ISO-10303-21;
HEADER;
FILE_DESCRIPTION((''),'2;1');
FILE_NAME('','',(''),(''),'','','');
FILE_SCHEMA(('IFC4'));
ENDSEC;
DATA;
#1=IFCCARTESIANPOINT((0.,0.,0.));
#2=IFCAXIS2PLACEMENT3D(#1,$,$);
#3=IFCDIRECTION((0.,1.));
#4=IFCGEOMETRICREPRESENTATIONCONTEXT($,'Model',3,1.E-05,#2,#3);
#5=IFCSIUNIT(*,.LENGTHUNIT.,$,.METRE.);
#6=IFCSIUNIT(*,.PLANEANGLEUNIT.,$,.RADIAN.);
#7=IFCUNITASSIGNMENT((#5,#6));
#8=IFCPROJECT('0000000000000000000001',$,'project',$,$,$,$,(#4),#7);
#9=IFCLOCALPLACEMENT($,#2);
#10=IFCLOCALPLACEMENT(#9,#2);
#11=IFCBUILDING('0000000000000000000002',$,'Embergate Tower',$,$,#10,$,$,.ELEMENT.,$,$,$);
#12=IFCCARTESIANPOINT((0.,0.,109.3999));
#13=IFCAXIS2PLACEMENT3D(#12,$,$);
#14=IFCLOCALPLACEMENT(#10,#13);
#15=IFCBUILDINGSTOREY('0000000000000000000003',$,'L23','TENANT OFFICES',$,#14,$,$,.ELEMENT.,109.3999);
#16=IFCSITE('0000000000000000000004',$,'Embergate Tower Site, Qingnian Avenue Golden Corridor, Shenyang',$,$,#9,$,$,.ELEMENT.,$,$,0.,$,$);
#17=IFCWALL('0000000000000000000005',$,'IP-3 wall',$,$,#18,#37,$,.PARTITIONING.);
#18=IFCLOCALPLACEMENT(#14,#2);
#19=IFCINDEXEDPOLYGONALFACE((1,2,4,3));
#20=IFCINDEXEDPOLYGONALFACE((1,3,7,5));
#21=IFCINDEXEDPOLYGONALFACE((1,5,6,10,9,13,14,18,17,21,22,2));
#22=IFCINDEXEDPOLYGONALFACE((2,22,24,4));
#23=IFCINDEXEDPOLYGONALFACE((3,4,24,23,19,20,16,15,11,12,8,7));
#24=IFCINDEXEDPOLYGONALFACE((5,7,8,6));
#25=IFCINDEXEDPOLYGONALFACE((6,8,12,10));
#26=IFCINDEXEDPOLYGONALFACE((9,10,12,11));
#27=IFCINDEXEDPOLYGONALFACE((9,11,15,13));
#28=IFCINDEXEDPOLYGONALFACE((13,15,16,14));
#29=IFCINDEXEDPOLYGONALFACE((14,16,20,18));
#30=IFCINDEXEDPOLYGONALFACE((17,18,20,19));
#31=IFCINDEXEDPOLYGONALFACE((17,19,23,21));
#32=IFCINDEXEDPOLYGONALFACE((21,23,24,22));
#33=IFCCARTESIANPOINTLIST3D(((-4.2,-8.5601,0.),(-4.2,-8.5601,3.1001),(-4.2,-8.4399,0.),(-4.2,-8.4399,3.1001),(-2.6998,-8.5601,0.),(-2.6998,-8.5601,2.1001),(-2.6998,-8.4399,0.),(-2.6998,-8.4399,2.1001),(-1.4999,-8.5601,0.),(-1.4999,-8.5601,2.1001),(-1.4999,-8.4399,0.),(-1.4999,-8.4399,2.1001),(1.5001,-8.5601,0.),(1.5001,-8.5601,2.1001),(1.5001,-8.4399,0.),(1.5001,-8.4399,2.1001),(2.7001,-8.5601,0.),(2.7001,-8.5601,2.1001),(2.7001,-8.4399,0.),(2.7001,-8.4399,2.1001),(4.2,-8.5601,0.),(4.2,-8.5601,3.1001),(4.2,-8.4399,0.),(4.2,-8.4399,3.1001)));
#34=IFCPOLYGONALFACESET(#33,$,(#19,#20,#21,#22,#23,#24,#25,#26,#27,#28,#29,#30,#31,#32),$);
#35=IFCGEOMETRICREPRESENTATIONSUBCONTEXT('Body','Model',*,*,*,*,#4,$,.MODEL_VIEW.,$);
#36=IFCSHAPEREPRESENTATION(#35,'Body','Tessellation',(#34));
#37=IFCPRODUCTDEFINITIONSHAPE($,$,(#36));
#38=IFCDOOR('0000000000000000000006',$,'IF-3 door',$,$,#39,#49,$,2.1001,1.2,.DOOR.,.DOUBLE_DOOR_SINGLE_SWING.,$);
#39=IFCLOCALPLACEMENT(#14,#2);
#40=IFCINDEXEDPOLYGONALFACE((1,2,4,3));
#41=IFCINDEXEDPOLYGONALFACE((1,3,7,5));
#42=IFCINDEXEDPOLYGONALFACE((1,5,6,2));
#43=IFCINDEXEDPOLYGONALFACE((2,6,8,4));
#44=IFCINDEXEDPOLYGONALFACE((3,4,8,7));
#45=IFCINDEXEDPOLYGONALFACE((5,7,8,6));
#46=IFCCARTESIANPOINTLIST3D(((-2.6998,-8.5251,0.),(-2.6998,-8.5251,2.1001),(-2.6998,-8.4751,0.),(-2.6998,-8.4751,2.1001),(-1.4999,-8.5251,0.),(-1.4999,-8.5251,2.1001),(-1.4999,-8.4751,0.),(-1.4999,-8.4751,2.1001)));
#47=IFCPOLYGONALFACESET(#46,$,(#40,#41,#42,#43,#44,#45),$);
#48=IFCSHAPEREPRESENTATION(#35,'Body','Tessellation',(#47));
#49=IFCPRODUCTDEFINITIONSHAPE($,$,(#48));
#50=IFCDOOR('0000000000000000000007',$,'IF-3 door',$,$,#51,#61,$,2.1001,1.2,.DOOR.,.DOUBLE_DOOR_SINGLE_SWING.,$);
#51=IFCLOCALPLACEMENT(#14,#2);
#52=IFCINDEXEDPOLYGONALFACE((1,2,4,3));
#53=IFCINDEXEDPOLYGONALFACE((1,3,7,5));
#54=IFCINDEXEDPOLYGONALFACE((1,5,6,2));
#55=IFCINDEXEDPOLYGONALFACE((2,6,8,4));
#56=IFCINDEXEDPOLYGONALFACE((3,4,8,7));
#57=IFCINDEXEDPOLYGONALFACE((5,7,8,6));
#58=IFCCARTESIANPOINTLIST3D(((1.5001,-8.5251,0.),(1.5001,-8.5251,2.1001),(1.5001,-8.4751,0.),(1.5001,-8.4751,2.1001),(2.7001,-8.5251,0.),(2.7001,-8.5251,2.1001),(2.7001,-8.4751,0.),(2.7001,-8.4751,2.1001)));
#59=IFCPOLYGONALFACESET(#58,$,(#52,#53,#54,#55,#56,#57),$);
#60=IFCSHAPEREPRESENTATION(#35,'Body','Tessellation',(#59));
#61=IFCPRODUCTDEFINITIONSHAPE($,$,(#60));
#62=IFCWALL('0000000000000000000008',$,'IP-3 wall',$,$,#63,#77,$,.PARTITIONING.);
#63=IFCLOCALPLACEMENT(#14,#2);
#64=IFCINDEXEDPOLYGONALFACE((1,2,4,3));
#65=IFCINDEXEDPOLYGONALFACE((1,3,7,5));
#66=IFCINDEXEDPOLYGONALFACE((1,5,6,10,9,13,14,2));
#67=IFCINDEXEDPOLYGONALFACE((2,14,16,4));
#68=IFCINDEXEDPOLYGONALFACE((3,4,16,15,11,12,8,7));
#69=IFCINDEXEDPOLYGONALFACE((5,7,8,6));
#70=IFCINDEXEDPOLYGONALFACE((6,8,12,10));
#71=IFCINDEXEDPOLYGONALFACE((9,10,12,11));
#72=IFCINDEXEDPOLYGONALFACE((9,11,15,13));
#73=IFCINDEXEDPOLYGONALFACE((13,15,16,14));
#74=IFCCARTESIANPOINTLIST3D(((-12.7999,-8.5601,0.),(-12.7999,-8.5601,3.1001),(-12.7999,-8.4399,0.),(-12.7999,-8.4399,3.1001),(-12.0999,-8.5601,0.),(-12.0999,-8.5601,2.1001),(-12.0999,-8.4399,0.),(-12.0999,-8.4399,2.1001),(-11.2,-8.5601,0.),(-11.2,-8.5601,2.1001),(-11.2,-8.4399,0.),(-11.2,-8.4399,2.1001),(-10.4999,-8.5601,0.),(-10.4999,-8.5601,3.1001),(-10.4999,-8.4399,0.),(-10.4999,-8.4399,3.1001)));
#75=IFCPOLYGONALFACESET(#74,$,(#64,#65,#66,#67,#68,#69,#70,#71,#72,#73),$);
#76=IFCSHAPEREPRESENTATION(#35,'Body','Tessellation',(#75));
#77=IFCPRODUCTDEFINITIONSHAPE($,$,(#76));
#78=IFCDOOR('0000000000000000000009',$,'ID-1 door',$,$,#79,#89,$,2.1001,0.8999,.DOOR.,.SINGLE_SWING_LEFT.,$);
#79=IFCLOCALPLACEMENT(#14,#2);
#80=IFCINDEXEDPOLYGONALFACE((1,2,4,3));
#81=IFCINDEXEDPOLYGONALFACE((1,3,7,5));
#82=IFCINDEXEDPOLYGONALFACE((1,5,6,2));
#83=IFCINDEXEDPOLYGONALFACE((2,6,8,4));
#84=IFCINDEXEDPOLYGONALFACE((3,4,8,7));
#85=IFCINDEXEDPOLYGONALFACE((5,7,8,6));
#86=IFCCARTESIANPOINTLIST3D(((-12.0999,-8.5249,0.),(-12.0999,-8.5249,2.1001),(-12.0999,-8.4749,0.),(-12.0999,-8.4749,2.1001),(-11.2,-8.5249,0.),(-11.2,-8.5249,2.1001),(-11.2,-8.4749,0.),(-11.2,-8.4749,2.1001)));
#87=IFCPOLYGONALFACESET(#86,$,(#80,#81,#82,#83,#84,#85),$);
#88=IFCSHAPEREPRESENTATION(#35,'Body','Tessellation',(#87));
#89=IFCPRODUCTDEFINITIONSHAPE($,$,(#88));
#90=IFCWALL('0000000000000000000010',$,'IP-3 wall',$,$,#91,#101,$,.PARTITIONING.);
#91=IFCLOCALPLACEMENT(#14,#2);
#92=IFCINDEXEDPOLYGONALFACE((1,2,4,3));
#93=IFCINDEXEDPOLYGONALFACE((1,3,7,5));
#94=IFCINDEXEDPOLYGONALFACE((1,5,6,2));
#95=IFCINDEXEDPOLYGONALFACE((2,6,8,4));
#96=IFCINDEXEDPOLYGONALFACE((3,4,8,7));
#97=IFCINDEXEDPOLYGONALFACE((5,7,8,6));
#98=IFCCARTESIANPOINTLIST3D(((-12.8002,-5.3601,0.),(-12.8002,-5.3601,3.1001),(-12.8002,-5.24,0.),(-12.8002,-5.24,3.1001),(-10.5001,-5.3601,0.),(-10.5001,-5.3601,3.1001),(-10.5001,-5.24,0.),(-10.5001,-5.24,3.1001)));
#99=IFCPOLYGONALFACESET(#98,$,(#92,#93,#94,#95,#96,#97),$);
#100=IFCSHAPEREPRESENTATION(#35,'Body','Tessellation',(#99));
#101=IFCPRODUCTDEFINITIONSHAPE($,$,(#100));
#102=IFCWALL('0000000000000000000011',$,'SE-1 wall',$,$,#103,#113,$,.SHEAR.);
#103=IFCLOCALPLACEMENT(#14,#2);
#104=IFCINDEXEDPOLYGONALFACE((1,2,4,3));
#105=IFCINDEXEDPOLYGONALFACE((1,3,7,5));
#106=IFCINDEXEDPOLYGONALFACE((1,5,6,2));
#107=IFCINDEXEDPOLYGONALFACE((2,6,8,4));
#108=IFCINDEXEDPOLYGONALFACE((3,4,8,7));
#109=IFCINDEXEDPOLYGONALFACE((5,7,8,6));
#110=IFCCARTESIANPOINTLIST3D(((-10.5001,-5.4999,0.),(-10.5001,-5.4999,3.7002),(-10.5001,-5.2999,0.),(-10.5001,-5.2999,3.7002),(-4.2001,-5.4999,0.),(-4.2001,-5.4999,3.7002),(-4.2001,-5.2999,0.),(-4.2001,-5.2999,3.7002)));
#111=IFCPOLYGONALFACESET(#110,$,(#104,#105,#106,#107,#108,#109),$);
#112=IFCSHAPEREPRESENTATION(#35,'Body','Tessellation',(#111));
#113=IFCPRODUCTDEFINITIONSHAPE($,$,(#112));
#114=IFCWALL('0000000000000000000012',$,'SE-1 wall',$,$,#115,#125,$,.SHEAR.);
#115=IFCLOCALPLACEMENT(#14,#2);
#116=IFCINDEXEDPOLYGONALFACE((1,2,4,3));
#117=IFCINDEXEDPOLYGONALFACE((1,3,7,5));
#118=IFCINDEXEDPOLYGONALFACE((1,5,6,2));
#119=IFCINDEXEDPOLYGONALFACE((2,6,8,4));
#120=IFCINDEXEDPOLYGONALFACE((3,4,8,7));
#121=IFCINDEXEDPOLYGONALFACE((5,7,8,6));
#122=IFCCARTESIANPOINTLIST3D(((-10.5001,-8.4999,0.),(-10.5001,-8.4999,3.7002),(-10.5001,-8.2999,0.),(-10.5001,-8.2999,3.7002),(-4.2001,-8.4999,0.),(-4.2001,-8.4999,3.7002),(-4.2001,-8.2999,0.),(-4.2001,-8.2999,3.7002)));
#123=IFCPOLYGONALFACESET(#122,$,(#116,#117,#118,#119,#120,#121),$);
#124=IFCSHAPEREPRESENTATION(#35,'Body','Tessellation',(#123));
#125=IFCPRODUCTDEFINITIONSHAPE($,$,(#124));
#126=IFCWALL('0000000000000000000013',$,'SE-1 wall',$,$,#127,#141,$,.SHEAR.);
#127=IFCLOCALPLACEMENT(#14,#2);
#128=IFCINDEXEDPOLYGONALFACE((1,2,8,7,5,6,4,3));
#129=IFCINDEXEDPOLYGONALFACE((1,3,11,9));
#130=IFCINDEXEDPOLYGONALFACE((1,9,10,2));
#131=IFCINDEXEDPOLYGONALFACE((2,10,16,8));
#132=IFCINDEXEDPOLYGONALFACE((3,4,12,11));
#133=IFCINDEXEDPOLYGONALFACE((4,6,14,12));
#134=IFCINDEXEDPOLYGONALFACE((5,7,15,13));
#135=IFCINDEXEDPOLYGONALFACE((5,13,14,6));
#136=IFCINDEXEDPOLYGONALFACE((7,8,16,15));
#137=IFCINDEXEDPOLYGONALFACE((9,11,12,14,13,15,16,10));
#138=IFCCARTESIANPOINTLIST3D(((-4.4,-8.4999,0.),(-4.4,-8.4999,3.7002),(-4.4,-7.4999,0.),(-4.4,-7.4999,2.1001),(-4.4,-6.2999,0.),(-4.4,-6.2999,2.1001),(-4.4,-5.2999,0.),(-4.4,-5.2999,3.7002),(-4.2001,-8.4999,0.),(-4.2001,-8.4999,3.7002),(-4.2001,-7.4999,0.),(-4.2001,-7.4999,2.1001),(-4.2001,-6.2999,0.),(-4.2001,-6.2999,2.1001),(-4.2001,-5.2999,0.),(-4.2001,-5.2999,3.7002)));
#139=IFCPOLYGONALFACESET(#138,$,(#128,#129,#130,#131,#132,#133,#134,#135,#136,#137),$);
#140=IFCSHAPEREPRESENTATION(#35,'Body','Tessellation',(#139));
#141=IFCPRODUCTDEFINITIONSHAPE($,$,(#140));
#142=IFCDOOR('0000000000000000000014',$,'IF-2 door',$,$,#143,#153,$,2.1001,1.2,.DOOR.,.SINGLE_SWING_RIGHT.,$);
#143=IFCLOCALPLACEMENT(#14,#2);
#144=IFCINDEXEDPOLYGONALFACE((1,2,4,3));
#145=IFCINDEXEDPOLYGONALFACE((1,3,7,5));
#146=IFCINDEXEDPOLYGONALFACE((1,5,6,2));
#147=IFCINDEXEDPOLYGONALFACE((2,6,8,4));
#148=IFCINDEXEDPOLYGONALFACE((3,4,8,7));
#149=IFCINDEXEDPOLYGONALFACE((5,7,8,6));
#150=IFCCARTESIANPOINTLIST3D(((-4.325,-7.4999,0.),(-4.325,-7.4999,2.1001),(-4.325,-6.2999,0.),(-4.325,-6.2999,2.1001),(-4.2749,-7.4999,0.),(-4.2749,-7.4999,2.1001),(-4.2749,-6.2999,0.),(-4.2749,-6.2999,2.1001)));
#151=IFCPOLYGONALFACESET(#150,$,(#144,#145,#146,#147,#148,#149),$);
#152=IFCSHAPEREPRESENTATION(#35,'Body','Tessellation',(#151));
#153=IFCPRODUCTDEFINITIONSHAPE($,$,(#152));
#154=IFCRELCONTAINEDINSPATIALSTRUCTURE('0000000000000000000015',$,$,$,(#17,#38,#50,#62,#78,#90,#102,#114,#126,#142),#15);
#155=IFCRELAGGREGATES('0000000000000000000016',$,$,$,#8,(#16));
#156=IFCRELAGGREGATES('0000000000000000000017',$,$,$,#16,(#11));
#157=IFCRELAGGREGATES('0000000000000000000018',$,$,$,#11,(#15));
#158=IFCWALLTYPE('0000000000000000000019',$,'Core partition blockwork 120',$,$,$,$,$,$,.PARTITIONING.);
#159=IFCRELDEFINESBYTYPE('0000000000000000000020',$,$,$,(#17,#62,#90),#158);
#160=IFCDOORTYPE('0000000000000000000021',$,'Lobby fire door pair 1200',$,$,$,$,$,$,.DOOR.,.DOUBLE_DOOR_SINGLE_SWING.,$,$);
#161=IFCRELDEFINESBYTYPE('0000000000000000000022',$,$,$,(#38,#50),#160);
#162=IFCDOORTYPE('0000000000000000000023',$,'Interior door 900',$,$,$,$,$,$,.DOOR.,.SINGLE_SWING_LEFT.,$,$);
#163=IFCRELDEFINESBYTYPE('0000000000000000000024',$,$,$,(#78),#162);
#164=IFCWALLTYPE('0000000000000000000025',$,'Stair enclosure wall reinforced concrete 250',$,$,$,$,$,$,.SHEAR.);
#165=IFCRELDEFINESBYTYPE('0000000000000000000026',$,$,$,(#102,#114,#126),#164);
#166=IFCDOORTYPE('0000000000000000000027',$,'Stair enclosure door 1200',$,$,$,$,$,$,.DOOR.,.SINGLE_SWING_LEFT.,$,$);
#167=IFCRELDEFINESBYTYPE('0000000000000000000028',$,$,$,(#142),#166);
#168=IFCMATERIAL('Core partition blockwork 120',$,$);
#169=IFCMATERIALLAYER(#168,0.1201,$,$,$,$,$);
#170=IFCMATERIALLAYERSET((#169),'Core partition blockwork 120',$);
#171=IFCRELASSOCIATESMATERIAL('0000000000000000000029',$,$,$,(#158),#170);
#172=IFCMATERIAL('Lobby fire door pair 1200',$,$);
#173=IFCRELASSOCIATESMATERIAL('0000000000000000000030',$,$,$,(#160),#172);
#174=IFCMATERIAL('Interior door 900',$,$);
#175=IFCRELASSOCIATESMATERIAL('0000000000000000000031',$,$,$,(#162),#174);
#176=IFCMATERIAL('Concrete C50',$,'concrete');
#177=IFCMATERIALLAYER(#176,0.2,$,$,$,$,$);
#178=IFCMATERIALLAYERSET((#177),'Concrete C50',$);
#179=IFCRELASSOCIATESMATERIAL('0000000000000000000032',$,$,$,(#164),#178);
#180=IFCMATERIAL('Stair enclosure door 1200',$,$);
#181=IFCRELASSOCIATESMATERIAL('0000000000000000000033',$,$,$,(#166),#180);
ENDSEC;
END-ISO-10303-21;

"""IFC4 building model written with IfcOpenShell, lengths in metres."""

from ifc_helpers import new_model, si_unit, direction, frame, frame_2d, origin, place, context, subcontext, project, spatial, rectangle, extrude, source, transform, mapped, material, layer, layer_set, type_object, element, fill, save


model = new_model("IFC4")

# Units and contexts
model_context = context("Model", 3, precision=1e-05, world=origin(), true_north=direction((0.0, 1.0)))
body_context = subcontext(model_context, "Body", "Model", "MODEL_VIEW")
ifc_project = project(units=[si_unit("LENGTHUNIT", "METRE"), si_unit("PLANEANGLEUNIT", "RADIAN")], contexts=[model_context])

# Site, building, storey
site_placement = place(None, origin())
site = spatial("IfcSite", under=ifc_project, at=site_placement, Name="Embergate Tower Site, Qingnian Avenue Golden Corridor, Shenyang", CompositionType="ELEMENT", RefElevation=0.0)
building_placement = place(site_placement, origin())
building = spatial("IfcBuilding", under=site, at=building_placement, Name="Embergate Tower", CompositionType="ELEMENT")
storey_placement = place(building_placement, frame((0.0, 0.0, 109.3999)))
storey = spatial("IfcBuildingStorey", under=building, at=storey_placement, Name="L23", Description="TENANT OFFICES", CompositionType="ELEMENT", Elevation=109.3999)

# Wall, openings, doors
ifc_material_1 = material(Name="Core partition blockwork 120")
ifc_layer_1 = layer(ifc_material_1, 0.1201)
ifc_layer_set_1 = layer_set([ifc_layer_1], Name="Core partition blockwork 120")
wall_type_1 = type_object("IfcWallType", Name="Core partition blockwork 120", PredefinedType="PARTITIONING", material=ifc_layer_set_1)
shared_shape_1 = source(origin(), body_context, "Body", "SweptSolid", [
    extrude(rectangle(XDim=8.3999, YDim=0.1201, at=frame_2d((4.2, 0.0))), origin(), (0.0, 0.0, 1.0), 3.1001),
])
wall_1_placement = place(storey_placement, frame((-4.2, -8.5, 0.0), z_axis=(0.0, 0.0, 1.0), x_axis=(1.0, 0.0, 0.0)))
wall_1 = element("IfcWall", 1, at=wall_1_placement, inside=storey, type_object=wall_type_1, Name="IP-3 wall", PredefinedType="PARTITIONING", context=body_context, shape_type="MappedRepresentation", body=[
    mapped(shared_shape_1, transform((0.0, 0.0, 0.0))),
])
shared_shape_2 = source(origin(), body_context, "Body", "SweptSolid", [
    extrude(rectangle(XDim=1.2, YDim=2.1001, at=frame_2d((0.6001, 1.05))), frame((0.0, 0.0701, 0.0), z_axis=(0.0, -1.0, 0.0), x_axis=(1.0, 0.0, 0.0)), (0.0, 0.0, 1.0), 0.1401),
])
opening_1_placement = place(wall_1_placement, frame((1.5, 0.0, 0.0)))
opening_1 = element("IfcOpeningElement", 2, at=opening_1_placement, cuts=wall_1, PredefinedType="OPENING", context=body_context, shape_type="MappedRepresentation", body=[
    mapped(shared_shape_2, transform((0.0, 0.0, 0.0))),
])
opening_2_placement = place(wall_1_placement, frame((5.7, 0.0, 0.0)))
opening_2 = element("IfcOpeningElement", 3, at=opening_2_placement, cuts=wall_1, PredefinedType="OPENING", context=body_context, shape_type="MappedRepresentation", body=[
    mapped(shared_shape_2, transform((0.0, 0.0, 0.0))),
])
ifc_material_2 = material(Name="Lobby fire door pair 1200")
door_type_1 = type_object("IfcDoorType", Name="Lobby fire door pair 1200", OperationType="DOUBLE_DOOR_SINGLE_SWING", PredefinedType="DOOR", material=ifc_material_2)
shared_shape_3 = source(origin(), body_context, "Body", "SweptSolid", [
    extrude(rectangle(XDim=1.2, YDim=2.1001, at=frame_2d((0.6001, 1.05))), frame((0.0, 0.0249, 0.0), z_axis=(0.0, -1.0, 0.0), x_axis=(1.0, 0.0, 0.0)), (0.0, 0.0, 1.0), 0.05),
])
door_1_placement = place(opening_1_placement, origin())
door_1 = element("IfcDoor", 4, at=door_1_placement, inside=storey, type_object=door_type_1, Name="IF-3 door", OperationType="DOUBLE_DOOR_SINGLE_SWING", OverallHeight=2.1001, OverallWidth=1.2, PredefinedType="DOOR", context=body_context, shape_type="MappedRepresentation", body=[
    mapped(shared_shape_3, transform((0.0, 0.0, 0.0))),
])
fill(opening_1, door_1)
door_2_placement = place(opening_2_placement, origin())
door_2 = element("IfcDoor", 5, at=door_2_placement, inside=storey, type_object=door_type_1, Name="IF-3 door", OperationType="DOUBLE_DOOR_SINGLE_SWING", OverallHeight=2.1001, OverallWidth=1.2, PredefinedType="DOOR", context=body_context, shape_type="MappedRepresentation", body=[
    mapped(shared_shape_3, transform((0.0, 0.0, 0.0))),
])
fill(opening_2, door_2)

# Wall, opening, door
shared_shape_4 = source(origin(), body_context, "Body", "SweptSolid", [
    extrude(rectangle(XDim=2.3, YDim=0.1201, at=frame_2d((1.1499, 0.0))), origin(), (0.0, 0.0, 1.0), 3.1001),
])
wall_2_placement = place(storey_placement, frame((-10.5, -8.5, 0.0), z_axis=(0.0, 0.0, 1.0), x_axis=(-1.0, 0.0, 0.0)))
wall_2 = element("IfcWall", 6, at=wall_2_placement, inside=storey, type_object=wall_type_1, Name="IP-3 wall", PredefinedType="PARTITIONING", context=body_context, shape_type="MappedRepresentation", body=[
    mapped(shared_shape_4, transform((0.0, 0.0, 0.0))),
])
shared_shape_5 = source(origin(), body_context, "Body", "SweptSolid", [
    extrude(rectangle(XDim=0.8999, YDim=2.1001, at=frame_2d((0.45, 1.05))), frame((0.0, 0.0701, 0.0), z_axis=(0.0, -1.0, 0.0), x_axis=(1.0, 0.0, 0.0)), (0.0, 0.0, 1.0), 0.1401),
])
opening_3_placement = place(wall_2_placement, frame((0.7, 0.0, 0.0)))
opening_3 = element("IfcOpeningElement", 7, at=opening_3_placement, cuts=wall_2, PredefinedType="OPENING", context=body_context, shape_type="MappedRepresentation", body=[
    mapped(shared_shape_5, transform((0.0, 0.0, 0.0))),
])
ifc_material_3 = material(Name="Interior door 900")
door_type_2 = type_object("IfcDoorType", Name="Interior door 900", OperationType="SINGLE_SWING_LEFT", PredefinedType="DOOR", material=ifc_material_3)
shared_shape_6 = source(origin(), body_context, "Body", "SweptSolid", [
    extrude(rectangle(XDim=0.8999, YDim=2.1001, at=frame_2d((0.45, 1.05))), frame((0.0, 0.0249, 0.0), z_axis=(0.0, -1.0, 0.0), x_axis=(1.0, 0.0, 0.0)), (0.0, 0.0, 1.0), 0.05),
])
door_3_placement = place(opening_3_placement, origin())
door_3 = element("IfcDoor", 8, at=door_3_placement, inside=storey, type_object=door_type_2, Name="ID-1 door", OperationType="SINGLE_SWING_LEFT", OverallHeight=2.1001, OverallWidth=0.8999, PredefinedType="DOOR", context=body_context, shape_type="MappedRepresentation", body=[
    mapped(shared_shape_6, transform((0.0, 0.0, 0.0))),
])
fill(opening_3, door_3)

# Walls
wall_3_placement = place(storey_placement, frame((-12.8, -5.3, 0.0), z_axis=(0.0, 0.0, 1.0), x_axis=(1.0, 0.0, 0.0)))
element("IfcWall", 9, at=wall_3_placement, inside=storey, type_object=wall_type_1, Name="IP-3 wall", PredefinedType="PARTITIONING", context=body_context, shape_type="MappedRepresentation", body=[
    mapped(shared_shape_4, transform((0.0, 0.0, 0.0))),
])
ifc_material_4 = material(Name="Concrete C50", Category="concrete")
ifc_layer_2 = layer(ifc_material_4, 0.2)
ifc_layer_set_2 = layer_set([ifc_layer_2], Name="Concrete C50")
wall_type_2 = type_object("IfcWallType", Name="Stair enclosure wall reinforced concrete 250", PredefinedType="SHEAR", material=ifc_layer_set_2)
shared_shape_7 = source(origin(), body_context, "Body", "SweptSolid", [
    extrude(rectangle(XDim=6.3, YDim=0.2, at=frame_2d((3.1499, 0.0))), origin(), (0.0, 0.0, 1.0), 3.7002),
])
for number, where, z_axis, x_axis, name in (
    (10, (-10.5, -5.3999, 0.0), (0.0, 0.0, 1.0), (1.0, 0.0, 0.0), "SE-1 wall"),
    (11, (-10.5, -8.3999, 0.0), (0.0, 0.0, 1.0), (1.0, 0.0, 0.0), "SE-1 wall"),
):
    element("IfcWall", number, at=place(storey_placement, frame(where, z_axis=z_axis, x_axis=x_axis)), inside=storey, type_object=wall_type_2, Name=name, PredefinedType="SHEAR", context=body_context, shape_type="MappedRepresentation", body=[
        mapped(shared_shape_7, transform((0.0, 0.0, 0.0))),
    ])

# Wall, opening, door
shared_shape_8 = source(origin(), body_context, "Body", "SweptSolid", [
    extrude(rectangle(XDim=3.2, YDim=0.2, at=frame_2d((1.6001, 0.0))), origin(), (0.0, 0.0, 1.0), 3.7002),
])
wall_4_placement = place(storey_placement, frame((-4.3, -8.5, 0.0), z_axis=(0.0, 0.0, 1.0), x_axis=(0.0, 1.0, 0.0)))
wall_4 = element("IfcWall", 12, at=wall_4_placement, inside=storey, type_object=wall_type_2, Name="SE-1 wall", PredefinedType="SHEAR", context=body_context, shape_type="MappedRepresentation", body=[
    mapped(shared_shape_8, transform((0.0, 0.0, 0.0))),
])
shared_shape_9 = source(origin(), body_context, "Body", "SweptSolid", [
    extrude(rectangle(XDim=1.2, YDim=2.1001, at=frame_2d((0.6001, 1.05))), frame((0.0, 0.1099, 0.0), z_axis=(0.0, -1.0, 0.0), x_axis=(1.0, 0.0, 0.0)), (0.0, 0.0, 1.0), 0.22),
])
opening_4_placement = place(wall_4_placement, frame((1.0, 0.0, 0.0)))
opening_4 = element("IfcOpeningElement", 13, at=opening_4_placement, cuts=wall_4, PredefinedType="OPENING", context=body_context, shape_type="MappedRepresentation", body=[
    mapped(shared_shape_9, transform((0.0, 0.0, 0.0))),
])
ifc_material_5 = material(Name="Stair enclosure door 1200")
door_type_3 = type_object("IfcDoorType", Name="Stair enclosure door 1200", OperationType="SINGLE_SWING_LEFT", PredefinedType="DOOR", material=ifc_material_5)
door_4_placement = place(opening_4_placement, origin())
door_4 = element("IfcDoor", 14, at=door_4_placement, inside=storey, type_object=door_type_3, Name="IF-2 door", OperationType="SINGLE_SWING_RIGHT", OverallHeight=2.1001, OverallWidth=1.2, PredefinedType="DOOR", context=body_context, shape_type="MappedRepresentation", body=[
    mapped(shared_shape_3, transform((0.0, 0.0, 0.0))),
])
fill(opening_4, door_4)

save(model, "model.ifc")
